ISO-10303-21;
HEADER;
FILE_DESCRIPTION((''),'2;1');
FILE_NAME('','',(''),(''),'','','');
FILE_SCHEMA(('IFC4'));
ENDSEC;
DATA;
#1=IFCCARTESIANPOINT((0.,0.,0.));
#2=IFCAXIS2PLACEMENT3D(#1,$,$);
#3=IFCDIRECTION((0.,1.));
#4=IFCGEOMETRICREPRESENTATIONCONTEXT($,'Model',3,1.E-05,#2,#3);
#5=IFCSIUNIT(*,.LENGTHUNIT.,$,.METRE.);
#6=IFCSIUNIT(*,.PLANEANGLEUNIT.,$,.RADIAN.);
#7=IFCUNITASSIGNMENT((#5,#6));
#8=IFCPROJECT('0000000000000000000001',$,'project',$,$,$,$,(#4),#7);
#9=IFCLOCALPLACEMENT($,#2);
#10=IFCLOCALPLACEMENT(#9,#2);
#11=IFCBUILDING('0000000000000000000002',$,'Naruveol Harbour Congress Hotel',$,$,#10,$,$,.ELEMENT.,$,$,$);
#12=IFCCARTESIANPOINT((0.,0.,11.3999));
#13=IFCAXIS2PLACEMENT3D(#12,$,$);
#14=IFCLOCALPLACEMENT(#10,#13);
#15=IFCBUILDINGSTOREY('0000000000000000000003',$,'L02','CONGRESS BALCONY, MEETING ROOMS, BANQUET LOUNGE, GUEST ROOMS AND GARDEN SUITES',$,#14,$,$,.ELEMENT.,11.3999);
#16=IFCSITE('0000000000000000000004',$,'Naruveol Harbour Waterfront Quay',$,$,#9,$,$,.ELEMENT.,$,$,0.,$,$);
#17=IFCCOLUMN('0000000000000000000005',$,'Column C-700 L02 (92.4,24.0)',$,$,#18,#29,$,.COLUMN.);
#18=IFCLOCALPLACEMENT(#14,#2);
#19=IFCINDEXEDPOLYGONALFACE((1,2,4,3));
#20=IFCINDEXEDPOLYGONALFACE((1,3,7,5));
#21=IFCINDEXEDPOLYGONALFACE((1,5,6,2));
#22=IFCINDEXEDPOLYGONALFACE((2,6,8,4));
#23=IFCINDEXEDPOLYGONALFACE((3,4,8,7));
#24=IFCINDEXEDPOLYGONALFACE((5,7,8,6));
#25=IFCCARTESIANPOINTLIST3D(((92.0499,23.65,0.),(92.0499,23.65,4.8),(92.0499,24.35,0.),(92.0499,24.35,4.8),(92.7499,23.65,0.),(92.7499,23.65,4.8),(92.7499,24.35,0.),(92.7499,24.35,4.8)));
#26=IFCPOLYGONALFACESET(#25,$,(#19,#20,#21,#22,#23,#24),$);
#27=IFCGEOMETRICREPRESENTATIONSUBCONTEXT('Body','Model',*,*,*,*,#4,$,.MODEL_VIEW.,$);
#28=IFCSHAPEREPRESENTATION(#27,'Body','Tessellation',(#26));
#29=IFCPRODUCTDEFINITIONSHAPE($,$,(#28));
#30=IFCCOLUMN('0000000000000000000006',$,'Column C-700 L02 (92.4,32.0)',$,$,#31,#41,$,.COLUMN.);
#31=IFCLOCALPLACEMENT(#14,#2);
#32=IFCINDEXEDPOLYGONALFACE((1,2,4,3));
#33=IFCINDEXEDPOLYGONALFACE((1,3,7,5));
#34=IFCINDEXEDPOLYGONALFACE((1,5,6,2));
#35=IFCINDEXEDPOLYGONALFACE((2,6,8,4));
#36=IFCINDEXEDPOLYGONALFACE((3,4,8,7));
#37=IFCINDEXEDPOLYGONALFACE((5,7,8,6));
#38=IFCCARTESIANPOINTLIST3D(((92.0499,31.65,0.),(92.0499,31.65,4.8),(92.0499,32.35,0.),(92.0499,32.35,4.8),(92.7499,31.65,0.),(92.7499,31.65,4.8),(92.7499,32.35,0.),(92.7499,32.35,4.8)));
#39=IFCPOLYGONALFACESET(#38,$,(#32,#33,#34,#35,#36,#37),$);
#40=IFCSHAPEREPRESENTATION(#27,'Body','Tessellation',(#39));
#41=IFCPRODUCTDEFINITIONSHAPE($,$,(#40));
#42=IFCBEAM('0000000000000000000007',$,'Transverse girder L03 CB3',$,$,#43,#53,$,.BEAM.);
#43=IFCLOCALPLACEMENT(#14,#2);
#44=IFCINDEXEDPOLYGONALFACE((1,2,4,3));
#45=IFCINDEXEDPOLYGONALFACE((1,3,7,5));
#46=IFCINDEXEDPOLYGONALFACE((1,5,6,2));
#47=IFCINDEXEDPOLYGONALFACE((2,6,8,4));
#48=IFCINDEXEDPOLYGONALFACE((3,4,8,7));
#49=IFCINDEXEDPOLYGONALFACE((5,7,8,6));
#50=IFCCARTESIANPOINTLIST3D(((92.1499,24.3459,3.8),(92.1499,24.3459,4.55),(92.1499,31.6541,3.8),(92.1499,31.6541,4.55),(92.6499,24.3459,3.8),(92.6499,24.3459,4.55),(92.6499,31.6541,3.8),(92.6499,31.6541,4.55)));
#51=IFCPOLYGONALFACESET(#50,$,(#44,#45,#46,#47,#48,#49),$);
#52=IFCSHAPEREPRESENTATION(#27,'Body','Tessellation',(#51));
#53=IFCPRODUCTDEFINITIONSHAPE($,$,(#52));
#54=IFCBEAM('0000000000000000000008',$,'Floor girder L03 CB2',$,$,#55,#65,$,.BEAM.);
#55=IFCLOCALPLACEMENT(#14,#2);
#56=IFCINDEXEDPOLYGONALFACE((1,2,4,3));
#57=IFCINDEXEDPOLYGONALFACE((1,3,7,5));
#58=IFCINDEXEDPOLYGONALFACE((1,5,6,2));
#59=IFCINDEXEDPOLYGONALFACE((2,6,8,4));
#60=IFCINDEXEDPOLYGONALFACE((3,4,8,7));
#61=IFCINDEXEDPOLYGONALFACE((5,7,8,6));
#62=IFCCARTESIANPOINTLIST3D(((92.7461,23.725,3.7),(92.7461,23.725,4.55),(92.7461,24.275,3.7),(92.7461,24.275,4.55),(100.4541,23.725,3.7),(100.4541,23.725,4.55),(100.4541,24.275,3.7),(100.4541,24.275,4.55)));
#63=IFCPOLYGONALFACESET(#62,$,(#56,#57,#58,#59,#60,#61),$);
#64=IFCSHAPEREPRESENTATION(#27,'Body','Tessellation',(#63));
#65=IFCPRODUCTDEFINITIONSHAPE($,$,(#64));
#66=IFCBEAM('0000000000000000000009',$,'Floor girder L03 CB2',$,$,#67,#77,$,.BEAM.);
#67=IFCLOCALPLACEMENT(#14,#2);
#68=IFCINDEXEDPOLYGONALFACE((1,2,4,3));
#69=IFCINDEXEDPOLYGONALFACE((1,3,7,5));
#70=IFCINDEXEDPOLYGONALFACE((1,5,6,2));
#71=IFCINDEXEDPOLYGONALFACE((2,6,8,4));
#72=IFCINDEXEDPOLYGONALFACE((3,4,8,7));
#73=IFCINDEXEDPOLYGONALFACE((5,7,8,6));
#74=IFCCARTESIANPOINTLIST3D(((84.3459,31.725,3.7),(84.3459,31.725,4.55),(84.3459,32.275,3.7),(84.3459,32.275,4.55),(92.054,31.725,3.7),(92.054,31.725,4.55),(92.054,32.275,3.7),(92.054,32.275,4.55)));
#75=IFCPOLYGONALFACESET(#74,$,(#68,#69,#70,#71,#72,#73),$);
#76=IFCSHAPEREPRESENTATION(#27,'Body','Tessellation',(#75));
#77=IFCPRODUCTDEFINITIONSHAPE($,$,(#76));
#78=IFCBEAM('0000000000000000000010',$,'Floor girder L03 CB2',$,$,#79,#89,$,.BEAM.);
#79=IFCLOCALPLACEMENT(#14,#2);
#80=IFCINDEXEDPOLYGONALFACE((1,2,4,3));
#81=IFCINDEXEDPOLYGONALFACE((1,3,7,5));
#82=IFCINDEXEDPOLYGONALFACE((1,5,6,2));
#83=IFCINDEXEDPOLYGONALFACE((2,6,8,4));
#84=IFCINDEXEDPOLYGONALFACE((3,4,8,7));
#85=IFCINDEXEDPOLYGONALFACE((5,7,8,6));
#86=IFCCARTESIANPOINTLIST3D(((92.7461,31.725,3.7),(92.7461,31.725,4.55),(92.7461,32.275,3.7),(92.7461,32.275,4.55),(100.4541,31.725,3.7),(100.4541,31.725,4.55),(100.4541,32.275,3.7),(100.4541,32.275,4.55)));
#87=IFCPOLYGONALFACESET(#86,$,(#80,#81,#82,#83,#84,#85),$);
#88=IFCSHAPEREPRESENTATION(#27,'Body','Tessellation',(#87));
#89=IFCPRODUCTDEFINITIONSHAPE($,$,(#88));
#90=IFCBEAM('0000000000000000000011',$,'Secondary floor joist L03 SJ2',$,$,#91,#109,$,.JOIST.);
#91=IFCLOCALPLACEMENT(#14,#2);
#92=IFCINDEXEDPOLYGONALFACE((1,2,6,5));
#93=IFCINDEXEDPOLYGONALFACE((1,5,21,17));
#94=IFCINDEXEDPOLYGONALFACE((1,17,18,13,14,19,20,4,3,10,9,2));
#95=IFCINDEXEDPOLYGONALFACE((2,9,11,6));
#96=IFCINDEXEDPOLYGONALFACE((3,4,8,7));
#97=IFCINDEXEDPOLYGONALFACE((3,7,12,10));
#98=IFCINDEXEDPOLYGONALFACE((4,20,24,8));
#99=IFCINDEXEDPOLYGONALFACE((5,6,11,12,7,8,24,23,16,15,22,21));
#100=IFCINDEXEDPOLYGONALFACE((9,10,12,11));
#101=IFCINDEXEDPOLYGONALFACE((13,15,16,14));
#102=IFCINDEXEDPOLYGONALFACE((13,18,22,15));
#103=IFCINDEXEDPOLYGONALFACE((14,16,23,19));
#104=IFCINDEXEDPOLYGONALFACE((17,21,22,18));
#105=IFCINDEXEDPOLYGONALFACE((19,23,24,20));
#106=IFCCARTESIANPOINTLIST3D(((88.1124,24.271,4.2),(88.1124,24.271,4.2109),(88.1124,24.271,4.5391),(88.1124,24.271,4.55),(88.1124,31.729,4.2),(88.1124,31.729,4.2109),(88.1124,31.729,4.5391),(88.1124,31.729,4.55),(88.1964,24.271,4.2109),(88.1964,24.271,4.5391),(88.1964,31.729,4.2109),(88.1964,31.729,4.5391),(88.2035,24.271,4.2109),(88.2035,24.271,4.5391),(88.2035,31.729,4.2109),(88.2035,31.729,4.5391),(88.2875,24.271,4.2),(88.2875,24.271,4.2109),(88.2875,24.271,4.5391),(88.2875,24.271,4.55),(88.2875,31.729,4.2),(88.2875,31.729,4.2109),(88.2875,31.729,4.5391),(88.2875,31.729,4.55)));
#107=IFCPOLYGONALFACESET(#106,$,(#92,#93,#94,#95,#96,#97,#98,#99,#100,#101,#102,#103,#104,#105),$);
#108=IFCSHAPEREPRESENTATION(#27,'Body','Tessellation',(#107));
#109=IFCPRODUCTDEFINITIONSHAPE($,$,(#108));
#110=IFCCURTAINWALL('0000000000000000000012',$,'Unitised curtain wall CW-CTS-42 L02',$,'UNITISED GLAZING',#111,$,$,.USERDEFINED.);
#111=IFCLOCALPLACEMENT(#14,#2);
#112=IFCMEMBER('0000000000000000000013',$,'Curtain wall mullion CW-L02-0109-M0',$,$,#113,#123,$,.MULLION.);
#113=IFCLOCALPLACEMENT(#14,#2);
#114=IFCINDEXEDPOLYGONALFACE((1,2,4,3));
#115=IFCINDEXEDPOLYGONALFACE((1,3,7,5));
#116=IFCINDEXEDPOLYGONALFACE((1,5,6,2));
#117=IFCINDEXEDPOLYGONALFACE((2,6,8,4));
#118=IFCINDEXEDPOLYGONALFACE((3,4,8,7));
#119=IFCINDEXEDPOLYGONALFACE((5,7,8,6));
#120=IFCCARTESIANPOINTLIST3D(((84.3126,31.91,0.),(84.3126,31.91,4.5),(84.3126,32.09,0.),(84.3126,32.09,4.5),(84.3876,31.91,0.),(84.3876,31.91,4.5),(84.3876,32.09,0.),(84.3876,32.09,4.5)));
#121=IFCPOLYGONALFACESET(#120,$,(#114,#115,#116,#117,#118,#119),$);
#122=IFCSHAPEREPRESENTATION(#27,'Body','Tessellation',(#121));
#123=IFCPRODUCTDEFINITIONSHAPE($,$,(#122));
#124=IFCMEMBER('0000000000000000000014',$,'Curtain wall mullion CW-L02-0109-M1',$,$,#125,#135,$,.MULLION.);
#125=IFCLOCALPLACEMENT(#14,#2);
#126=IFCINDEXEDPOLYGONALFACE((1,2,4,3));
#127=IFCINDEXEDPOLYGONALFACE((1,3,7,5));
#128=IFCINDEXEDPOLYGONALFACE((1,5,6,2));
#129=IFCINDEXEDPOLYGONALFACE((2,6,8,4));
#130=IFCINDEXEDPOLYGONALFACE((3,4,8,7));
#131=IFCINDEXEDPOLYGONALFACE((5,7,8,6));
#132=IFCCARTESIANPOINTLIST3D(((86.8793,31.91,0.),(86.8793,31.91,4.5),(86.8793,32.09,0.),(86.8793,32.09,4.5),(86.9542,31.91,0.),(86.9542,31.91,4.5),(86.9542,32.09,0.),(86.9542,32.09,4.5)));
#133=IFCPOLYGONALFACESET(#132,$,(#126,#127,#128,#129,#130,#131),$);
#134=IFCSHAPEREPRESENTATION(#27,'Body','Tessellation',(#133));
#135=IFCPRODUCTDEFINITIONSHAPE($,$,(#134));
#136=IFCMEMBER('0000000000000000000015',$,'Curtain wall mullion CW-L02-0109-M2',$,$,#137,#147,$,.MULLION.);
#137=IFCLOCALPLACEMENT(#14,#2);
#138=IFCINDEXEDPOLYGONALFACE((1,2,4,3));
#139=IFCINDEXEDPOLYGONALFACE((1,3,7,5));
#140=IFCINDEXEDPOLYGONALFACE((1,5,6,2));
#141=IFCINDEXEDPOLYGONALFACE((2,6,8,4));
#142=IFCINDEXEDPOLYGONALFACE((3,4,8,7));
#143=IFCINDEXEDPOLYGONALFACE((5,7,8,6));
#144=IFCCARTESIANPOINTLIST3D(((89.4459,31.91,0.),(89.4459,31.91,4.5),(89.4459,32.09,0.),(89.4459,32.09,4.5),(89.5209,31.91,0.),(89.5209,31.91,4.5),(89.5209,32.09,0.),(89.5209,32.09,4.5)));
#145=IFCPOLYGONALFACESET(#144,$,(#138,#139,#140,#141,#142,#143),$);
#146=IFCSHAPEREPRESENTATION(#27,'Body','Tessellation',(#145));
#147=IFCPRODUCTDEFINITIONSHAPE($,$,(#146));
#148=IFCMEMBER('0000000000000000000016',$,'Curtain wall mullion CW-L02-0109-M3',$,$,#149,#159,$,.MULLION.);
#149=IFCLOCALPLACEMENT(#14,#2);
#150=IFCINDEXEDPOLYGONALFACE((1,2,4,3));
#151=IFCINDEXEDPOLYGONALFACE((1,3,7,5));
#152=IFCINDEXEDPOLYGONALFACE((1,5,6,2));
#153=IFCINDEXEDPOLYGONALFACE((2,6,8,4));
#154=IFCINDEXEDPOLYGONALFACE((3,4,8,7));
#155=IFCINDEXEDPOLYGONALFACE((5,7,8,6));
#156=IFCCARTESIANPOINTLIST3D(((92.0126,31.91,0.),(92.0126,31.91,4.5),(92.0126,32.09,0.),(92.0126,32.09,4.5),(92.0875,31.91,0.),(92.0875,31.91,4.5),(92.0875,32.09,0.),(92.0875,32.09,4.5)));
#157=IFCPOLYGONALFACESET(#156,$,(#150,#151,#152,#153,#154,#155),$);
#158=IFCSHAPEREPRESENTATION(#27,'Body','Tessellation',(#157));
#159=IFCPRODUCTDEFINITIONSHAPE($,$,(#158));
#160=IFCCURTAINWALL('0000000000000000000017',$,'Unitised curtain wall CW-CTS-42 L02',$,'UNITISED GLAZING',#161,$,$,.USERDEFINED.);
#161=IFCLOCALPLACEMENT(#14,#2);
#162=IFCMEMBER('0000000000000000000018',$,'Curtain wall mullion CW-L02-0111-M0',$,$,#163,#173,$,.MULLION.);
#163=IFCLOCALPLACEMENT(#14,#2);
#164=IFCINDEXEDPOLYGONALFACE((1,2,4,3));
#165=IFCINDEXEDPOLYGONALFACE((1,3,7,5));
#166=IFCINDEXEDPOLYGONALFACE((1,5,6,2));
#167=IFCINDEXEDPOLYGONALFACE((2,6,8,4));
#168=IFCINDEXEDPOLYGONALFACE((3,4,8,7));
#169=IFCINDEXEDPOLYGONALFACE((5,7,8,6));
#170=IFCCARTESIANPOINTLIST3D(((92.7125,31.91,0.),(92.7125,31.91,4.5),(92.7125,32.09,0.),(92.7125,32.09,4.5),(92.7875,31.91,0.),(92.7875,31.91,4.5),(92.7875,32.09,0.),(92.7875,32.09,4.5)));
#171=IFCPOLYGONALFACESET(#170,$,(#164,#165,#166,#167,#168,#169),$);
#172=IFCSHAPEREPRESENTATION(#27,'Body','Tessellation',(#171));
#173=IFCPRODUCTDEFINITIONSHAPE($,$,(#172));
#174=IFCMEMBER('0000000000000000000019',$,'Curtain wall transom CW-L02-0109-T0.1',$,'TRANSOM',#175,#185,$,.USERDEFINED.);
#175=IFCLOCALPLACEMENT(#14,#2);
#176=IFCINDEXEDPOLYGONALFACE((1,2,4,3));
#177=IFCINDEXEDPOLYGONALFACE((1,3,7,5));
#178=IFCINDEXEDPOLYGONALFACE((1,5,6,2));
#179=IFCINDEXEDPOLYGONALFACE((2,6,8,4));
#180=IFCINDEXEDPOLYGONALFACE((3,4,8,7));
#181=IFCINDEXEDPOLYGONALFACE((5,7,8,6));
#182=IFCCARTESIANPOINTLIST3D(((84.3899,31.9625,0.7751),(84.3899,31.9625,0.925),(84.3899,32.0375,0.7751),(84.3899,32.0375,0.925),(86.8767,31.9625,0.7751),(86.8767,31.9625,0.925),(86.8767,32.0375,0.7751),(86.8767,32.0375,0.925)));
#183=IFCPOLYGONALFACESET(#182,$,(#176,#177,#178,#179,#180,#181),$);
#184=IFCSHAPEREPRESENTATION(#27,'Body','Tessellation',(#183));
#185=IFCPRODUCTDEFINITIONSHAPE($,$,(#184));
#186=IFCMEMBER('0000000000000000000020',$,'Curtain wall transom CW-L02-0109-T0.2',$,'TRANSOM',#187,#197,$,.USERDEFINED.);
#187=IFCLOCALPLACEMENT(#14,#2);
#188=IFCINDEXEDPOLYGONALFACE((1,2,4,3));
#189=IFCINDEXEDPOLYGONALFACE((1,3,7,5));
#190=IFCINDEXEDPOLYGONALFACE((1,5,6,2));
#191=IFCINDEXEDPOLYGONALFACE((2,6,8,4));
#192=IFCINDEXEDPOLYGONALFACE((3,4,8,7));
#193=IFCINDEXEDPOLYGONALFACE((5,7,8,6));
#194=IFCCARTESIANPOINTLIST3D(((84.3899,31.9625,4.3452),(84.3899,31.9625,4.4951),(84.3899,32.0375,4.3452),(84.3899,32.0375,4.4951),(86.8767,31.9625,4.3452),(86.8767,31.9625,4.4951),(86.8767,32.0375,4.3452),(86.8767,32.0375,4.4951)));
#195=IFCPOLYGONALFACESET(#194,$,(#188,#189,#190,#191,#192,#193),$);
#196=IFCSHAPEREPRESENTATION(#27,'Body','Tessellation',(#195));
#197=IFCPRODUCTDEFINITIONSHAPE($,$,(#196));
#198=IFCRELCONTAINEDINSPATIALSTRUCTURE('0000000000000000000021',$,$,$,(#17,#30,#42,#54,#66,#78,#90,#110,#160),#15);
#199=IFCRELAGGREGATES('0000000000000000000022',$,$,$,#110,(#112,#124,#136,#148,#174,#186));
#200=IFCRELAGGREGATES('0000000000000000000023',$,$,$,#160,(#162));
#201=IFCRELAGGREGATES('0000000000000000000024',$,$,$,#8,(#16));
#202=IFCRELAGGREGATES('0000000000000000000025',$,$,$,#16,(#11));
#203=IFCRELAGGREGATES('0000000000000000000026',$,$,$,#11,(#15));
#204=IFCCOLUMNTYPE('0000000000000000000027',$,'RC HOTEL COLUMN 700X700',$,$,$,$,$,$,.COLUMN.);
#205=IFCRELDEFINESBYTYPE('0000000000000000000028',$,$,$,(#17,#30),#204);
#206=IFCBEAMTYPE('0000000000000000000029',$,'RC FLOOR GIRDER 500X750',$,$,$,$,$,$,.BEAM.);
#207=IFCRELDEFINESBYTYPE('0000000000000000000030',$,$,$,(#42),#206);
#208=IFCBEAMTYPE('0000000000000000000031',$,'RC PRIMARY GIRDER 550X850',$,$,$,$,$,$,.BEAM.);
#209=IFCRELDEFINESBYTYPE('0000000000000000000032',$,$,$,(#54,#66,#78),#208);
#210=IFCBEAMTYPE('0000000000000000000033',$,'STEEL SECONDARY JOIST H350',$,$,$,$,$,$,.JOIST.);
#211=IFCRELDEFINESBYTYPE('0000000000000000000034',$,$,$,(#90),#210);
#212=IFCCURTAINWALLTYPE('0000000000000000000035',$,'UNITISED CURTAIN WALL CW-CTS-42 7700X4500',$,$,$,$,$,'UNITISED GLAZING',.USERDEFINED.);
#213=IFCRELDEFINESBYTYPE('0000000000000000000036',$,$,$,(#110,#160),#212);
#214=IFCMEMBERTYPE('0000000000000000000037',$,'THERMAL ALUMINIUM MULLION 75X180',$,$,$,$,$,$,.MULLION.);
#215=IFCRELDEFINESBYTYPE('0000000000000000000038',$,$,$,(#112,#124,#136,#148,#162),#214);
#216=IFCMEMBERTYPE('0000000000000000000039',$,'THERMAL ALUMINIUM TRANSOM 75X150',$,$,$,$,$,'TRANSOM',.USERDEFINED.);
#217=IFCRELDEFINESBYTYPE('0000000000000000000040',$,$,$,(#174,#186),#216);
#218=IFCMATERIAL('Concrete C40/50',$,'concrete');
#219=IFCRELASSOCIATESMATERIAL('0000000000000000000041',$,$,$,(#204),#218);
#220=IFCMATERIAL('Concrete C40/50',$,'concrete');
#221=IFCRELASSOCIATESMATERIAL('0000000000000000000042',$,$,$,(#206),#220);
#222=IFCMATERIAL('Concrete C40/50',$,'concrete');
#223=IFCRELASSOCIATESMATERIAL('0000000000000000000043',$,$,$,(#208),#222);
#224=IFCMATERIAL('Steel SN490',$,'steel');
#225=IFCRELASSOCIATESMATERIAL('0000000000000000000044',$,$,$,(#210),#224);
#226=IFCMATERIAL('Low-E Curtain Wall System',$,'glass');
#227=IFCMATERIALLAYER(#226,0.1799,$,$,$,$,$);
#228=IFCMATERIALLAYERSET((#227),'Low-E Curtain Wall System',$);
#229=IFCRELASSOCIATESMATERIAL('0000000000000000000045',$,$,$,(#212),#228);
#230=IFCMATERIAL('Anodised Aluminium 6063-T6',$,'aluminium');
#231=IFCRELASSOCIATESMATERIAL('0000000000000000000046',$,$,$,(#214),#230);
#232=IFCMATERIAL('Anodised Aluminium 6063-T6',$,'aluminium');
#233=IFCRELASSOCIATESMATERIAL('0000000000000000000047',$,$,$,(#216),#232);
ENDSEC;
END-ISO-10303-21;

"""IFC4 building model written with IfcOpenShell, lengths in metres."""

from ifc_helpers import new_model, si_unit, direction, frame, origin, origin_2d, place, context, subcontext, project, spatial, rectangle, i_section, extrude, material, layer, layer_set, material_profile, profile_set, type_object, element, aggregate, save


model = new_model("IFC4")

# Units and contexts
model_context = context("Model", 3, precision=1e-05, world=origin(), true_north=direction((0.0, 1.0)))
body_context = subcontext(model_context, "Body", "Model", "MODEL_VIEW")
ifc_project = project(units=[si_unit("LENGTHUNIT", "METRE"), si_unit("PLANEANGLEUNIT", "RADIAN")], contexts=[model_context])

# Site, building, storey
site_placement = place(None, origin())
site = spatial("IfcSite", under=ifc_project, at=site_placement, Name="Naruveol Harbour Waterfront Quay", CompositionType="ELEMENT", RefElevation=0.0)
building_placement = place(site_placement, origin())
building = spatial("IfcBuilding", under=site, at=building_placement, Name="Naruveol Harbour Congress Hotel", CompositionType="ELEMENT")
storey_placement = place(building_placement, frame((0.0, 0.0, 11.3999)))
storey = spatial("IfcBuildingStorey", under=building, at=storey_placement, Name="L02", Description="CONGRESS BALCONY, MEETING ROOMS, BANQUET LOUNGE, GUEST ROOMS AND GARDEN SUITES", CompositionType="ELEMENT", Elevation=11.3999)

# Columns
ifc_material_1 = material(Name="Concrete C40/50", Category="concrete")
ifc_material_profile_1 = material_profile(ifc_material_1, rectangle(XDim=0.7, YDim=0.7, at=origin_2d()), Name="RC-700x700")
ifc_profile_set_1 = profile_set([ifc_material_profile_1], Name="Concrete C40/50")
column_type = type_object("IfcColumnType", Name="RC HOTEL COLUMN 700X700", PredefinedType="COLUMN", material=ifc_profile_set_1)
for number, where, z_axis, x_axis, name in (
    (1, (92.3999, 24.0, 0.0), (0.0, 0.0, 1.0), (1.0, 0.0, 0.0), "Column C-700 L02 (92.4,24.0)"),
    (2, (92.3999, 32.0, 0.0), (0.0, 0.0, 1.0), (1.0, 0.0, 0.0), "Column C-700 L02 (92.4,32.0)"),
):
    element("IfcColumn", number, at=place(storey_placement, frame(where, z_axis=z_axis, x_axis=x_axis)), inside=storey, type_object=column_type, Name=name, PredefinedType="COLUMN", context=body_context, shape_type="SweptSolid", body=[
        extrude(rectangle(XDim=0.7, YDim=0.7, at=origin_2d()), origin(), (0.0, 0.0, 1.0), 4.8),
    ])

# Beams
ifc_material_2 = material(Name="Concrete C40/50", Category="concrete")
ifc_material_profile_2 = material_profile(ifc_material_2, rectangle(XDim=0.5, YDim=0.75, at=origin_2d()), Name="RCB-500x750")
ifc_profile_set_2 = profile_set([ifc_material_profile_2], Name="Concrete C40/50")
beam_type_1 = type_object("IfcBeamType", Name="RC FLOOR GIRDER 500X750", PredefinedType="BEAM", material=ifc_profile_set_2)
beam_1_placement = place(storey_placement, frame((92.3999, 24.3459, 4.175), z_axis=(0.0, 1.0, 0.0), x_axis=(-1.0, 0.0, 0.0)))
element("IfcBeam", 3, at=beam_1_placement, inside=storey, type_object=beam_type_1, Name="Transverse girder L03 CB3", PredefinedType="BEAM", context=body_context, shape_type="SweptSolid", body=[
    extrude(rectangle(XDim=0.5, YDim=0.75, at=origin_2d()), origin(), (0.0, 0.0, 1.0), 7.3081),
])
ifc_material_3 = material(Name="Concrete C40/50", Category="concrete")
ifc_material_profile_3 = material_profile(ifc_material_3, rectangle(XDim=0.55, YDim=0.8501, at=origin_2d()), Name="RCB-550x850")
ifc_profile_set_3 = profile_set([ifc_material_profile_3], Name="Concrete C40/50")
beam_type_2 = type_object("IfcBeamType", Name="RC PRIMARY GIRDER 550X850", PredefinedType="BEAM", material=ifc_profile_set_3)
for number, where, z_axis, x_axis, name in (
    (4, (92.7461, 24.0, 4.125), (1.0, 0.0, 0.0), (0.0, 1.0, 0.0), "Floor girder L03 CB2"),
    (5, (84.3459, 32.0, 4.125), (1.0, 0.0, 0.0), (0.0, 1.0, 0.0), "Floor girder L03 CB2"),
    (6, (92.7461, 32.0, 4.125), (1.0, 0.0, 0.0), (0.0, 1.0, 0.0), "Floor girder L03 CB2"),
):
    element("IfcBeam", number, at=place(storey_placement, frame(where, z_axis=z_axis, x_axis=x_axis)), inside=storey, type_object=beam_type_2, Name=name, PredefinedType="BEAM", context=body_context, shape_type="SweptSolid", body=[
        extrude(rectangle(XDim=0.55, YDim=0.8501, at=origin_2d()), origin(), (0.0, 0.0, 1.0), 7.708),
    ])
ifc_material_4 = material(Name="Steel SN490", Category="steel")
ifc_material_profile_4 = material_profile(ifc_material_4, i_section(OverallWidth=0.175, OverallDepth=0.3501, WebThickness=0.0071, FlangeThickness=0.011, at=origin_2d()), Name="H-350x175x7x11")
ifc_profile_set_4 = profile_set([ifc_material_profile_4], Name="Steel SN490")
beam_type_3 = type_object("IfcBeamType", Name="STEEL SECONDARY JOIST H350", PredefinedType="JOIST", material=ifc_profile_set_4)
beam_2_placement = place(storey_placement, frame((88.2, 24.271, 4.375), z_axis=(0.0, 1.0, 0.0), x_axis=(-1.0, 0.0, 0.0)))
element("IfcBeam", 7, at=beam_2_placement, inside=storey, type_object=beam_type_3, Name="Secondary floor joist L03 SJ2", PredefinedType="JOIST", context=body_context, shape_type="SweptSolid", body=[
    extrude(i_section(OverallWidth=0.175, OverallDepth=0.3501, WebThickness=0.0071, FlangeThickness=0.011, at=origin_2d()), origin(), (0.0, 0.0, 1.0), 7.458),
])

# Curtain wall, members
ifc_material_5 = material(Name="Low-E Curtain Wall System", Category="glass")
ifc_layer_1 = layer(ifc_material_5, 0.1799)
ifc_layer_set_1 = layer_set([ifc_layer_1], Name="Low-E Curtain Wall System")
curtain_wall_type = type_object("IfcCurtainWallType", Name="UNITISED CURTAIN WALL CW-CTS-42 7700X4500", ElementType="UNITISED GLAZING", PredefinedType="USERDEFINED", material=ifc_layer_set_1)
curtain_wall_1_placement = place(storey_placement, origin())
curtain_wall_1 = element("IfcCurtainWall", 8, at=curtain_wall_1_placement, inside=storey, type_object=curtain_wall_type, Name="Unitised curtain wall CW-CTS-42 L02", ObjectType="UNITISED GLAZING", PredefinedType="USERDEFINED")
ifc_material_6 = material(Name="Anodised Aluminium 6063-T6", Category="aluminium")
ifc_material_profile_5 = material_profile(ifc_material_6, rectangle(XDim=0.075, YDim=0.1799, at=origin_2d()), Name="ALU-75x180")
ifc_profile_set_5 = profile_set([ifc_material_profile_5], Name="Anodised Aluminium 6063-T6")
member_type_1 = type_object("IfcMemberType", Name="THERMAL ALUMINIUM MULLION 75X180", PredefinedType="MULLION", material=ifc_profile_set_5)
member_1_placement = place(storey_placement, frame((84.3501, 32.0, 0.0), z_axis=(0.0, 0.0, 1.0), x_axis=(1.0, 0.0, 0.0)))
member_1 = element("IfcMember", 9, at=member_1_placement, type_object=member_type_1, Name="Curtain wall mullion CW-L02-0109-M0", PredefinedType="MULLION", context=body_context, shape_type="SweptSolid", body=[
    extrude(rectangle(XDim=0.075, YDim=0.1799, at=origin_2d()), origin(), (0.0, 0.0, 1.0), 4.5),
])
member_2_placement = place(storey_placement, frame((86.9167, 32.0, 0.0), z_axis=(0.0, 0.0, 1.0), x_axis=(1.0, 0.0, 0.0)))
member_2 = element("IfcMember", 10, at=member_2_placement, type_object=member_type_1, Name="Curtain wall mullion CW-L02-0109-M1", PredefinedType="MULLION", context=body_context, shape_type="SweptSolid", body=[
    extrude(rectangle(XDim=0.075, YDim=0.1799, at=origin_2d()), origin(), (0.0, 0.0, 1.0), 4.5),
])
member_3_placement = place(storey_placement, frame((89.4834, 32.0, 0.0), z_axis=(0.0, 0.0, 1.0), x_axis=(1.0, 0.0, 0.0)))
member_3 = element("IfcMember", 11, at=member_3_placement, type_object=member_type_1, Name="Curtain wall mullion CW-L02-0109-M2", PredefinedType="MULLION", context=body_context, shape_type="SweptSolid", body=[
    extrude(rectangle(XDim=0.075, YDim=0.1799, at=origin_2d()), origin(), (0.0, 0.0, 1.0), 4.5),
])
member_4_placement = place(storey_placement, frame((92.05, 32.0, 0.0), z_axis=(0.0, 0.0, 1.0), x_axis=(1.0, 0.0, 0.0)))
member_4 = element("IfcMember", 12, at=member_4_placement, type_object=member_type_1, Name="Curtain wall mullion CW-L02-0109-M3", PredefinedType="MULLION", context=body_context, shape_type="SweptSolid", body=[
    extrude(rectangle(XDim=0.075, YDim=0.1799, at=origin_2d()), origin(), (0.0, 0.0, 1.0), 4.5),
])

# Curtain wall, member
curtain_wall_2_placement = place(storey_placement, origin())
curtain_wall_2 = element("IfcCurtainWall", 13, at=curtain_wall_2_placement, inside=storey, type_object=curtain_wall_type, Name="Unitised curtain wall CW-CTS-42 L02", ObjectType="UNITISED GLAZING", PredefinedType="USERDEFINED")
member_5_placement = place(storey_placement, frame((92.75, 32.0, 0.0), z_axis=(0.0, 0.0, 1.0), x_axis=(1.0, 0.0, 0.0)))
member_5 = element("IfcMember", 14, at=member_5_placement, type_object=member_type_1, Name="Curtain wall mullion CW-L02-0111-M0", PredefinedType="MULLION", context=body_context, shape_type="SweptSolid", body=[
    extrude(rectangle(XDim=0.075, YDim=0.1799, at=origin_2d()), origin(), (0.0, 0.0, 1.0), 4.5),
])

# Members
ifc_material_7 = material(Name="Anodised Aluminium 6063-T6", Category="aluminium")
ifc_material_profile_6 = material_profile(ifc_material_7, rectangle(XDim=0.075, YDim=0.1499, at=origin_2d()), Name="ALU-75x150")
ifc_profile_set_6 = profile_set([ifc_material_profile_6], Name="Anodised Aluminium 6063-T6")
member_type_2 = type_object("IfcMemberType", Name="THERMAL ALUMINIUM TRANSOM 75X150", ElementType="TRANSOM", PredefinedType="USERDEFINED", material=ifc_profile_set_6)
member_6_placement = place(storey_placement, frame((84.3899, 32.0, 0.8501), z_axis=(1.0, 0.0, 0.0), x_axis=(0.0, 1.0, 0.0)))
member_6 = element("IfcMember", 15, at=member_6_placement, type_object=member_type_2, Name="Curtain wall transom CW-L02-0109-T0.1", ObjectType="TRANSOM", PredefinedType="USERDEFINED", context=body_context, shape_type="SweptSolid", body=[
    extrude(rectangle(XDim=0.075, YDim=0.1499, at=origin_2d()), origin(), (0.0, 0.0, 1.0), 2.4868),
])
member_7_placement = place(storey_placement, frame((84.3899, 32.0, 4.4202), z_axis=(1.0, 0.0, 0.0), x_axis=(0.0, 1.0, 0.0)))
member_7 = element("IfcMember", 16, at=member_7_placement, type_object=member_type_2, Name="Curtain wall transom CW-L02-0109-T0.2", ObjectType="TRANSOM", PredefinedType="USERDEFINED", context=body_context, shape_type="SweptSolid", body=[
    extrude(rectangle(XDim=0.075, YDim=0.1499, at=origin_2d()), origin(), (0.0, 0.0, 1.0), 2.4868),
])

aggregate(curtain_wall_1, [member_1, member_2, member_3, member_4, member_6, member_7])
aggregate(curtain_wall_2, [member_5])

save(model, "model.ifc")
